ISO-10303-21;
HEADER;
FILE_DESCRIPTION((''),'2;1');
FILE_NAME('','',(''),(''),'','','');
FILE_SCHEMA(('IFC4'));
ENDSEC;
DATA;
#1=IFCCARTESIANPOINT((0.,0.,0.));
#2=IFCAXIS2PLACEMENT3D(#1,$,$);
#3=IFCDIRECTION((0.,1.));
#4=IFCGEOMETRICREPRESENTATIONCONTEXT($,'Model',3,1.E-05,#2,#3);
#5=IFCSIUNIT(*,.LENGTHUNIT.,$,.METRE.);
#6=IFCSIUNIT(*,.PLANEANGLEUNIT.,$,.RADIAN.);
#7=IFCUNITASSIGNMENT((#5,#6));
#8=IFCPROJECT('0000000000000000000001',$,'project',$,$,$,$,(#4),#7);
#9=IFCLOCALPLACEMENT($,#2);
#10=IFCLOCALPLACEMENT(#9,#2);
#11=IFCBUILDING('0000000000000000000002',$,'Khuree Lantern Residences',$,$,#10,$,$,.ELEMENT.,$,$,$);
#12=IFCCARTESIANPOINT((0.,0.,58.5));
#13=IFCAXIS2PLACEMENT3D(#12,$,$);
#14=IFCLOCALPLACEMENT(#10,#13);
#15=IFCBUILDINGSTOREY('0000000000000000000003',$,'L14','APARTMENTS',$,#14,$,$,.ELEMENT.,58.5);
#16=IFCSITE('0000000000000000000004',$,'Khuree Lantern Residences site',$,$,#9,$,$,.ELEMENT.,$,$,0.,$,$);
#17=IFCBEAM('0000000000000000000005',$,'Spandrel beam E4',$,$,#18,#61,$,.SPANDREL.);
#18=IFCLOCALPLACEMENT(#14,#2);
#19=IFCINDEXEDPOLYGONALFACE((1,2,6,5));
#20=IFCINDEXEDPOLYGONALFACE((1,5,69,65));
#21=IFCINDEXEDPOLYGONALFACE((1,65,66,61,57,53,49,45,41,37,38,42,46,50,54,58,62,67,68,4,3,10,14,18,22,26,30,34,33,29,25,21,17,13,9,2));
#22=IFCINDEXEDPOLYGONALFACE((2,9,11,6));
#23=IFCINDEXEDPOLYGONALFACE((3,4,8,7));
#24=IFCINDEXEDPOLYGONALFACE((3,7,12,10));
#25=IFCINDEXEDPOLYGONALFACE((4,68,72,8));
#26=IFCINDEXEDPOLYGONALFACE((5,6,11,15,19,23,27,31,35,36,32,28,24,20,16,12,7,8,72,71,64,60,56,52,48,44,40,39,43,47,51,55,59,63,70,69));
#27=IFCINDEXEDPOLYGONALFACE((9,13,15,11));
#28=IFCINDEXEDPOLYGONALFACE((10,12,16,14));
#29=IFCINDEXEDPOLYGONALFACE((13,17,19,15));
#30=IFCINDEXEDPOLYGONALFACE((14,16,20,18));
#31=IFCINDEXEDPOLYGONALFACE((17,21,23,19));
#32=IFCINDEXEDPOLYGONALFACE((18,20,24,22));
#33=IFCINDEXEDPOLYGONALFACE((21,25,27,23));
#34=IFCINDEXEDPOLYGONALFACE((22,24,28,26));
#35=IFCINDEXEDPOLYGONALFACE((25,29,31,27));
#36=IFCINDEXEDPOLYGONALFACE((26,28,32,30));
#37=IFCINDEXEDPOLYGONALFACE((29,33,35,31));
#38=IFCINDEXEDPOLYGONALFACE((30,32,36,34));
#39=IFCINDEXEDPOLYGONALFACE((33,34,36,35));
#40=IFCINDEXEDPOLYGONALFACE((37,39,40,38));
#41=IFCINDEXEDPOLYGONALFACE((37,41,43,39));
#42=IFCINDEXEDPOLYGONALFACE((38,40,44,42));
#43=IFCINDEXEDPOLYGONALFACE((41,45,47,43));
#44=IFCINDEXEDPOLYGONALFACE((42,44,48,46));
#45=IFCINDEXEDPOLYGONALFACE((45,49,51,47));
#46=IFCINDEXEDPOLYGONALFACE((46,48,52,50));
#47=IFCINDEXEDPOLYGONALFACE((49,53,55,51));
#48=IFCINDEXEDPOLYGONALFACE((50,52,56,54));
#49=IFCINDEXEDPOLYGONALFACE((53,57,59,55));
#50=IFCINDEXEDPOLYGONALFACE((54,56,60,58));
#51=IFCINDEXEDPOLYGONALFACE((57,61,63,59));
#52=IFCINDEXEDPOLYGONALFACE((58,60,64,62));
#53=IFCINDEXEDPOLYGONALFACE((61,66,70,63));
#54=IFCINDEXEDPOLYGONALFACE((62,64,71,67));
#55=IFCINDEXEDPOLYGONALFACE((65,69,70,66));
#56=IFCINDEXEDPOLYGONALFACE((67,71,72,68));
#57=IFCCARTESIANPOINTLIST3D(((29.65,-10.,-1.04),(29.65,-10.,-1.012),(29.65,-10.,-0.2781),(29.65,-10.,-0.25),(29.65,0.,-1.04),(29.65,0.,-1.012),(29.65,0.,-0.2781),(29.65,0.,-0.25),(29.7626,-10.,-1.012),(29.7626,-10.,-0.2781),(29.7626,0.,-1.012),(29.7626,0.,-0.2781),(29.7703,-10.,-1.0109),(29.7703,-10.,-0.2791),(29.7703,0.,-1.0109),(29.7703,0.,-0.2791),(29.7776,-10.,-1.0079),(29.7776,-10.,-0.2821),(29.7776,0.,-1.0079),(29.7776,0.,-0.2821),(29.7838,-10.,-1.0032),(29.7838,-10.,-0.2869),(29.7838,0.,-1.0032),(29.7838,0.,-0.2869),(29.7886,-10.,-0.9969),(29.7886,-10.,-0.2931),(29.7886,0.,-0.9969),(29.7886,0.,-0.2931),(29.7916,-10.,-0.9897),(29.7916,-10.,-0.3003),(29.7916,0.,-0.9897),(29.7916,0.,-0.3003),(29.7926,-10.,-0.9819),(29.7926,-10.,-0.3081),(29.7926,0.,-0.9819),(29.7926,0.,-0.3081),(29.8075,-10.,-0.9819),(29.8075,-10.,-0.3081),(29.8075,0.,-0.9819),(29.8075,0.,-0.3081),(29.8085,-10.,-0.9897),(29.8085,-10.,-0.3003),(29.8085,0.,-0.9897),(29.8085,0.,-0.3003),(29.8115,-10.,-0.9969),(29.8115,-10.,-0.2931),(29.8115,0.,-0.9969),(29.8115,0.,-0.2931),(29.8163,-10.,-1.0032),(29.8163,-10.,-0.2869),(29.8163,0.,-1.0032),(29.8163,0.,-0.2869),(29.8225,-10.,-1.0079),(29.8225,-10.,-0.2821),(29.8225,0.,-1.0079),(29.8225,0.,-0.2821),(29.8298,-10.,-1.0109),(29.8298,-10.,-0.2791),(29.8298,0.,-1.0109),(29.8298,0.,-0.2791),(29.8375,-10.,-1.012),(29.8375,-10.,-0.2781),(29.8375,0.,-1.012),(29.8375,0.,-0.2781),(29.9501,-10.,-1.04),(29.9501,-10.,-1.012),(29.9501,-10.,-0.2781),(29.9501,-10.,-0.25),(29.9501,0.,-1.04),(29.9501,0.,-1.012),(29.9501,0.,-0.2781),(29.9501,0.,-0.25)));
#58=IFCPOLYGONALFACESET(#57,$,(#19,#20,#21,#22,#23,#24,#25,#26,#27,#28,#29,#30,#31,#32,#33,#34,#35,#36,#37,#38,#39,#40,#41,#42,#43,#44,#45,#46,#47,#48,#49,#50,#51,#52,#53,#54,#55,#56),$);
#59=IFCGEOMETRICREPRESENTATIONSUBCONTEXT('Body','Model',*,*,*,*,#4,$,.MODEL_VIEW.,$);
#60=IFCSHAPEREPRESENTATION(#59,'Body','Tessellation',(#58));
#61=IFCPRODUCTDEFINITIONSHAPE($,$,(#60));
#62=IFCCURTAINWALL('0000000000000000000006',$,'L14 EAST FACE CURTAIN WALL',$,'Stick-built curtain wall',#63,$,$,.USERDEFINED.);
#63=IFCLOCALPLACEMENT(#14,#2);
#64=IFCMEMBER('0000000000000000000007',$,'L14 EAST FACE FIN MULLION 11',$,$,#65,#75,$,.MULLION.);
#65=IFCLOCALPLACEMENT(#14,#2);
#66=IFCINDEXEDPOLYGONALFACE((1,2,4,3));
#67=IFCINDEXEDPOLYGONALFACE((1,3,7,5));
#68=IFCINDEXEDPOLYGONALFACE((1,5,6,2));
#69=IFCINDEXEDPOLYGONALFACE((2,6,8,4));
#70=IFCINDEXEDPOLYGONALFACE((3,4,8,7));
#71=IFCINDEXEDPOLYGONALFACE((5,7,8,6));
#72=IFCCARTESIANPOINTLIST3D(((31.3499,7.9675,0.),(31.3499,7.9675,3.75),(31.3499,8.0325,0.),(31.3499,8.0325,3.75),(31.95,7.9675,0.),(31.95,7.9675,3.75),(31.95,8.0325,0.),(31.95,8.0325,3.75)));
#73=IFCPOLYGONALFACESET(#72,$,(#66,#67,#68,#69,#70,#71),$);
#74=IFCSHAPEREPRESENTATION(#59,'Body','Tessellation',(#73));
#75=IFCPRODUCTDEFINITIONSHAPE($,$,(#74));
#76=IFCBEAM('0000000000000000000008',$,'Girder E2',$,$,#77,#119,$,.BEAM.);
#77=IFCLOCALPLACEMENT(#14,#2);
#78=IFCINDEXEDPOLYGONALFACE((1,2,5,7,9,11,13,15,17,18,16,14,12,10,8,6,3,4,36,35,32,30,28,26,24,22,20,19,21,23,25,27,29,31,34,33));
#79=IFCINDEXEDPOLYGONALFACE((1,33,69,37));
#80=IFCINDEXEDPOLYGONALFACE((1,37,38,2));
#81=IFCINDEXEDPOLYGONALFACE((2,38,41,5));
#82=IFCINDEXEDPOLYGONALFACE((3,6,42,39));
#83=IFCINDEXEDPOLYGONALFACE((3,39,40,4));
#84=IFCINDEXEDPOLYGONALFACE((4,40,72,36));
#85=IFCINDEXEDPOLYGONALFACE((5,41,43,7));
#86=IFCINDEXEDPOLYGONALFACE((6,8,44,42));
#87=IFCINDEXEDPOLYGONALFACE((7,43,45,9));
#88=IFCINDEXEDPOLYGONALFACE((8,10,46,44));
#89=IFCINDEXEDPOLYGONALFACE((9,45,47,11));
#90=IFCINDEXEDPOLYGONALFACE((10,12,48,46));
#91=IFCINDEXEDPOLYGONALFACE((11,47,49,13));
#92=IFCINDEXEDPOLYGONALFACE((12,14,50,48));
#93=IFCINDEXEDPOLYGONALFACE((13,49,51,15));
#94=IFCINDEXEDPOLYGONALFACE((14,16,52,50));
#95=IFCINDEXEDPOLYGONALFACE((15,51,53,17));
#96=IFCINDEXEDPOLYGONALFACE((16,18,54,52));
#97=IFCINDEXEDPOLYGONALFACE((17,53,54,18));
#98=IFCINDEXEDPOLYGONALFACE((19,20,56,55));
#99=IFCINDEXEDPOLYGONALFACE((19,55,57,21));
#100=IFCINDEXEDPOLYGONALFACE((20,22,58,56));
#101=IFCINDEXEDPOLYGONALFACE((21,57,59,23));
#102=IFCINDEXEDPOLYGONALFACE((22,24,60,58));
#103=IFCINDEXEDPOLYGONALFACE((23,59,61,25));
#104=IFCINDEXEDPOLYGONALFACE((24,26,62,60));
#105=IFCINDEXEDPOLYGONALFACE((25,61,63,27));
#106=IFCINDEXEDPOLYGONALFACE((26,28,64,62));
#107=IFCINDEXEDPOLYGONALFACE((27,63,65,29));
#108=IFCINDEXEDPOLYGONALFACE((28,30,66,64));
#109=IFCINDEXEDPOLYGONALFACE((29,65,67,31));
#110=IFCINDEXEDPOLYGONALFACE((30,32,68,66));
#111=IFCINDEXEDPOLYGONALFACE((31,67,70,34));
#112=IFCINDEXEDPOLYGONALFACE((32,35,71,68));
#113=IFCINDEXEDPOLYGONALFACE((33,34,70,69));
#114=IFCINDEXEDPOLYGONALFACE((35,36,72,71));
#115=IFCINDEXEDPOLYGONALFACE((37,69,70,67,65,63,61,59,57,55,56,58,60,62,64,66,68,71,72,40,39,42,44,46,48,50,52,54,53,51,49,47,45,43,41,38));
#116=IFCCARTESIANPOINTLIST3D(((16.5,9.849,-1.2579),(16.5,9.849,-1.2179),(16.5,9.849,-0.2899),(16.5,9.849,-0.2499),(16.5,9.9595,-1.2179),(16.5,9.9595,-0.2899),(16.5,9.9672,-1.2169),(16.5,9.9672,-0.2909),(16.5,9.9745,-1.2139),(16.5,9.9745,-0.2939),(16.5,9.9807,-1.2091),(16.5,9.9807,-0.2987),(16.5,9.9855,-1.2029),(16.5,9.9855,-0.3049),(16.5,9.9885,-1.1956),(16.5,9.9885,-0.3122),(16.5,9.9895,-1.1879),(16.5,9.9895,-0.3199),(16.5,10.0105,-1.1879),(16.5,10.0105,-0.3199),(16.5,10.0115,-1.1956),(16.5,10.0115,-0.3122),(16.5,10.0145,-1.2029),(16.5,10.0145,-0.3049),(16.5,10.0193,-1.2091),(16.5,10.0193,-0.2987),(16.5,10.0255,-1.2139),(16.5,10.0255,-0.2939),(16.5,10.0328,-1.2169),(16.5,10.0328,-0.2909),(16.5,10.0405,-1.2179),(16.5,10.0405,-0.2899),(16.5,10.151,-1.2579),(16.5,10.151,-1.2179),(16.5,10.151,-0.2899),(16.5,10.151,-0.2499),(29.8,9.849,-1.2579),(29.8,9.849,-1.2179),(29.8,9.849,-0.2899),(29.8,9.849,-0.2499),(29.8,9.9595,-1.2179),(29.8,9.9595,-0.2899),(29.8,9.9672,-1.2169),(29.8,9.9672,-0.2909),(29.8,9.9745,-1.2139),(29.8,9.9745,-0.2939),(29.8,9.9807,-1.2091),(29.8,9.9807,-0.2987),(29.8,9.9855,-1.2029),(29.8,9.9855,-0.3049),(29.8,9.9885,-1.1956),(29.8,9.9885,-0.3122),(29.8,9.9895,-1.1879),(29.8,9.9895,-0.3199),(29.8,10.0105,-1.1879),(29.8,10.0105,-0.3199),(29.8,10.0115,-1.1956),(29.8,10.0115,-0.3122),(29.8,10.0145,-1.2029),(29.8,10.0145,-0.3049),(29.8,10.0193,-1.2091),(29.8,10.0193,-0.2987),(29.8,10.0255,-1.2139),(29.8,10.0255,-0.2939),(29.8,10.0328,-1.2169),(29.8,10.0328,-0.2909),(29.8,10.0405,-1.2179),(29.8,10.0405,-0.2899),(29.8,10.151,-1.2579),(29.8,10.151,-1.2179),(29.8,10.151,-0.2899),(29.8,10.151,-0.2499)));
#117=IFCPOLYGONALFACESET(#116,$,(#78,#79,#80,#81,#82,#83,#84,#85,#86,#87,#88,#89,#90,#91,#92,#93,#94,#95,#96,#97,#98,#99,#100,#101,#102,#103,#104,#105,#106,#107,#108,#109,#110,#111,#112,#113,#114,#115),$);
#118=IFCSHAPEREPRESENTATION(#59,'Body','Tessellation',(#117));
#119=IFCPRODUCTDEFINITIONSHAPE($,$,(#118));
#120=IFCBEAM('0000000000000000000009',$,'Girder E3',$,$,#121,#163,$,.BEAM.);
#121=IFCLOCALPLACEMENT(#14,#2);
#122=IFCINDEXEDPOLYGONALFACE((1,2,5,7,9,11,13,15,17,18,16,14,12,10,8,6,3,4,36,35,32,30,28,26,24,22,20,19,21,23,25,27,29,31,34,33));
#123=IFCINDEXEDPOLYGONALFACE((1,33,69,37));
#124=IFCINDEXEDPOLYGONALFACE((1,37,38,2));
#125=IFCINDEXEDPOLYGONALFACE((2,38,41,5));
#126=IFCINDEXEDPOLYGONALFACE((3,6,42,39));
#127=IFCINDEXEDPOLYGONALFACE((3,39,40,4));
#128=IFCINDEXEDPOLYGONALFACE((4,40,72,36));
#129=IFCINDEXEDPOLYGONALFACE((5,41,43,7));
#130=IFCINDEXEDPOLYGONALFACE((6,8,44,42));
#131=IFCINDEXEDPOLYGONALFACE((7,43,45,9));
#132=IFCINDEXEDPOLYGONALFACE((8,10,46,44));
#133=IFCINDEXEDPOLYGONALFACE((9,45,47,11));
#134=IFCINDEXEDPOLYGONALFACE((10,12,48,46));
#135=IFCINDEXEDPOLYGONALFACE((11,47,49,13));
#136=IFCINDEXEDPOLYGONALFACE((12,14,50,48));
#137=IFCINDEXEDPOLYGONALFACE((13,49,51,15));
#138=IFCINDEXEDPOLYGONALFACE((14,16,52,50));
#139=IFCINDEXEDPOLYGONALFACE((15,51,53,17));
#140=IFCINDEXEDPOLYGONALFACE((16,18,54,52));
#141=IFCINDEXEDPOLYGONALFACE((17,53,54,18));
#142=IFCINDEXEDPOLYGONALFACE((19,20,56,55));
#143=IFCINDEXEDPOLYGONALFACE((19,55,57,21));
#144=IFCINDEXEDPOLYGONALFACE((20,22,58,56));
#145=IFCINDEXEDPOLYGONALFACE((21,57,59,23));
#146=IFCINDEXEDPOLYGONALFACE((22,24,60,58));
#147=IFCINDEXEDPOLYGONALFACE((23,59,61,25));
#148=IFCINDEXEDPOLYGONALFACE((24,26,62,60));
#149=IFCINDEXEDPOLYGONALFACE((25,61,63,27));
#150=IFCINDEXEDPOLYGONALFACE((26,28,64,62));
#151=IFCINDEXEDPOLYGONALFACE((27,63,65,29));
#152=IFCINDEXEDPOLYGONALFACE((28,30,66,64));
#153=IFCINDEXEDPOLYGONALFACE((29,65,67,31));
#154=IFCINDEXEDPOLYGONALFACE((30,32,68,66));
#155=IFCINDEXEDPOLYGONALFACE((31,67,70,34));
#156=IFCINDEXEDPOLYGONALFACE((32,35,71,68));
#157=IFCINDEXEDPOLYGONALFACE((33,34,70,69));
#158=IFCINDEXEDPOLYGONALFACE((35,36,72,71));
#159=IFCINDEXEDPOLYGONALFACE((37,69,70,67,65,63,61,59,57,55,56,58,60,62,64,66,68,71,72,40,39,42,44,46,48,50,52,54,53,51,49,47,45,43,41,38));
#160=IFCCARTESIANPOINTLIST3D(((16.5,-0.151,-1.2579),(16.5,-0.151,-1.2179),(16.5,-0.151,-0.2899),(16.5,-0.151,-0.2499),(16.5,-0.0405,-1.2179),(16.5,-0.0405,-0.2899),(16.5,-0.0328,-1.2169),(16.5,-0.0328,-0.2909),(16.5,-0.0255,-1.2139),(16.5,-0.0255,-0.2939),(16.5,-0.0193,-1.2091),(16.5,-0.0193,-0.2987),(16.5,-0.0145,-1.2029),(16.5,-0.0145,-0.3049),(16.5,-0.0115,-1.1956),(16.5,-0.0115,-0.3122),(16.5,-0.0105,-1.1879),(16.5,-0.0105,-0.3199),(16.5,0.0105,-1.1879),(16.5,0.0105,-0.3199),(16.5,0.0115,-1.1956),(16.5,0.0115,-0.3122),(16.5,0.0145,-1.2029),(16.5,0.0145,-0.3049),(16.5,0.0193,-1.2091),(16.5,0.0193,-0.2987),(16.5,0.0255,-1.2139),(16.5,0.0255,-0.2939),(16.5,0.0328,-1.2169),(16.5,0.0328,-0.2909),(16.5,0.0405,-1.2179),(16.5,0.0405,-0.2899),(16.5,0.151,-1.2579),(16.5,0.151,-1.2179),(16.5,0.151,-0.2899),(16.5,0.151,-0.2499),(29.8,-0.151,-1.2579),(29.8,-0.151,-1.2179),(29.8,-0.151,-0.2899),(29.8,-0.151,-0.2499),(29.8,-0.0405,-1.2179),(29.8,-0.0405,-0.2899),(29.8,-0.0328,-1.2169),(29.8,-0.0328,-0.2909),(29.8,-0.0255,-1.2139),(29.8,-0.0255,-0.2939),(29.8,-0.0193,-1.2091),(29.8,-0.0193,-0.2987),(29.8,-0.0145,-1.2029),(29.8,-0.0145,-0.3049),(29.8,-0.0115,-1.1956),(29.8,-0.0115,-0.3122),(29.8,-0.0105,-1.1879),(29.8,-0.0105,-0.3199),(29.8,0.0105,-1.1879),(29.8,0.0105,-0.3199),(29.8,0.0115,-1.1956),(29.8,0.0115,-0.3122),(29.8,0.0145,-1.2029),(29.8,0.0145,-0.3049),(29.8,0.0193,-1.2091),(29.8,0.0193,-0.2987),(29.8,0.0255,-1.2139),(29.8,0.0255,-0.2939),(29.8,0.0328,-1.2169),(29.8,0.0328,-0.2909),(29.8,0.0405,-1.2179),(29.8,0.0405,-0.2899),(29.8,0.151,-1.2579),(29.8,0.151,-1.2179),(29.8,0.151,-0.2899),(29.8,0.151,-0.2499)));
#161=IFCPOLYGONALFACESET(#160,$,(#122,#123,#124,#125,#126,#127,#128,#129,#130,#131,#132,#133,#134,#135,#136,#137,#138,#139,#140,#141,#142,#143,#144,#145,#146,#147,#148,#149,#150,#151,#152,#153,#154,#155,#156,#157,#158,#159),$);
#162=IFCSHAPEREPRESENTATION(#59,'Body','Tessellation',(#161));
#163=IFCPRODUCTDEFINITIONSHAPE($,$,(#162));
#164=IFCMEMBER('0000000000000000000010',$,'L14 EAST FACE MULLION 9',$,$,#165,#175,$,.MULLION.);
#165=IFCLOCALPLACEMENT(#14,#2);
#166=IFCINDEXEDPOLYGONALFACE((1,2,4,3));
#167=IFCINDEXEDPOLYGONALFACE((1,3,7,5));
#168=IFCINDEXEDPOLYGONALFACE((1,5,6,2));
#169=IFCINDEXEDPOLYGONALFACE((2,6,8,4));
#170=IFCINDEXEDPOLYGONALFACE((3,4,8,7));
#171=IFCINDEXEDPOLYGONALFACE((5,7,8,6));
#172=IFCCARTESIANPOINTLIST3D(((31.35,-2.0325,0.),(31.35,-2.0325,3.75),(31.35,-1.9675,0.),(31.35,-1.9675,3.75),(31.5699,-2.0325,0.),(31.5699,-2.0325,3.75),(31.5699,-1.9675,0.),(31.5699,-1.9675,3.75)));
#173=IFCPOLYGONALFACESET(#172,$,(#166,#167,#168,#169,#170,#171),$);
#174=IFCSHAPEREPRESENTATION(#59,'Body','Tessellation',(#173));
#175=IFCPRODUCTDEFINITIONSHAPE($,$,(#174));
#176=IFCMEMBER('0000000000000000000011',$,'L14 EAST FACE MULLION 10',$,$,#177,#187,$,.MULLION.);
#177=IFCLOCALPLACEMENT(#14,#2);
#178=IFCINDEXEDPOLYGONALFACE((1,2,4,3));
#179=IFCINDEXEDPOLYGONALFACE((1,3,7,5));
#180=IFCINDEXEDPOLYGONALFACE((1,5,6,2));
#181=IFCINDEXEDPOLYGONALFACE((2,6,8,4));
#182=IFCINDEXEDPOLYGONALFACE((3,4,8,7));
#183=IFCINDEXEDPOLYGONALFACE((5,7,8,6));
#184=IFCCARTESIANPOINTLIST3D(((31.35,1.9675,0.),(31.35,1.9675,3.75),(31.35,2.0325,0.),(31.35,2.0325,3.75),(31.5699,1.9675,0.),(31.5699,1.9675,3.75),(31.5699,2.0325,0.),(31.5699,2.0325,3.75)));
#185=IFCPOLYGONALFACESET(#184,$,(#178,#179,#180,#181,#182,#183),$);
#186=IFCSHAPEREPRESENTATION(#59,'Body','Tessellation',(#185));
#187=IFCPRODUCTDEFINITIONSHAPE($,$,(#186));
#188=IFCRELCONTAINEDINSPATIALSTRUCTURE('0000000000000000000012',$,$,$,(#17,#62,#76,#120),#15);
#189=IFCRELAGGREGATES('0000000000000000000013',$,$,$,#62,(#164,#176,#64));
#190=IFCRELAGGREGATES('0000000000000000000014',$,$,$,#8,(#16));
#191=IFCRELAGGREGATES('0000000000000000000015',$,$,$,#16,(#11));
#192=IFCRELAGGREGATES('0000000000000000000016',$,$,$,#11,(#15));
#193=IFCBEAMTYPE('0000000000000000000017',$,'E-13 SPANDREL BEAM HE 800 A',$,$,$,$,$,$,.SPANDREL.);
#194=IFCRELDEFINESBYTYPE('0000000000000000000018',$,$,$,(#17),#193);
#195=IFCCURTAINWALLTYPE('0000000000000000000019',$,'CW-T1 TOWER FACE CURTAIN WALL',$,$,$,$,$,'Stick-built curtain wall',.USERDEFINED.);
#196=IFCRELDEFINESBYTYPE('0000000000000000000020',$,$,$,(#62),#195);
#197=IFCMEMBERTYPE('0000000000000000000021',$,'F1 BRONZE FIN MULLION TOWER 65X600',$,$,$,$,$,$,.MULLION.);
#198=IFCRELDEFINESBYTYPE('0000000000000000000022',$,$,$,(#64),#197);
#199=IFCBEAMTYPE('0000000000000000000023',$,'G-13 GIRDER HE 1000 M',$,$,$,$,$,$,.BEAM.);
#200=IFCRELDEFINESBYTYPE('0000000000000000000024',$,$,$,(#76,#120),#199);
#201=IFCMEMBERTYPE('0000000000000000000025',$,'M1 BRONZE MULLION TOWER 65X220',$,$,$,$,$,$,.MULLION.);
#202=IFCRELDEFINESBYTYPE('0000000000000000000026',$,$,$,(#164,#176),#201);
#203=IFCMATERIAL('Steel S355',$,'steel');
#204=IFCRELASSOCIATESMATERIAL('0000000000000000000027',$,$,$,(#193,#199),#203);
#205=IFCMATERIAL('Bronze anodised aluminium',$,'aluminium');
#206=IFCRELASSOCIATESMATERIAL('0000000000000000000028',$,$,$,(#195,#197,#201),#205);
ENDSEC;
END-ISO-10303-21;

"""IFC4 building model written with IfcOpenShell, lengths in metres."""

from ifc_helpers import new_model, si_unit, direction, frame, origin, origin_2d, place, context, subcontext, project, spatial, rectangle, i_section, extrude, material, material_profile, profile_set, type_object, element, aggregate, save


model = new_model("IFC4")

# Units and contexts
model_context = context("Model", 3, precision=1e-05, world=origin(), true_north=direction((0.0, 1.0)))
body_context = subcontext(model_context, "Body", "Model", "MODEL_VIEW")
ifc_project = project(units=[si_unit("LENGTHUNIT", "METRE"), si_unit("PLANEANGLEUNIT", "RADIAN")], contexts=[model_context])

# Site, building, storey
site_placement = place(None, origin())
site = spatial("IfcSite", under=ifc_project, at=site_placement, Name="Khuree Lantern Residences site", CompositionType="ELEMENT", RefElevation=0.0)
building_placement = place(site_placement, origin())
building = spatial("IfcBuilding", under=site, at=building_placement, Name="Khuree Lantern Residences", CompositionType="ELEMENT")
storey_placement = place(building_placement, frame((0.0, 0.0, 58.5)))
storey = spatial("IfcBuildingStorey", under=building, at=storey_placement, Name="L14", Description="APARTMENTS", CompositionType="ELEMENT", Elevation=58.5)

# Beam
ifc_material_1 = material(Name="Steel S355", Category="steel")
ifc_material_profile_1 = material_profile(ifc_material_1, i_section(OverallWidth=0.3, OverallDepth=0.79, WebThickness=0.0149, FlangeThickness=0.0281, FilletRadius=0.03, at=origin_2d()), Name="HE 800 A")
ifc_profile_set_1 = profile_set([ifc_material_profile_1], Name="Steel S355")
beam_type_1 = type_object("IfcBeamType", Name="E-13 SPANDREL BEAM HE 800 A", PredefinedType="SPANDREL", material=ifc_profile_set_1)
for number, where, z_axis, x_axis, name in (
    (1, (29.8, 0.0, -0.645), (0.0, -1.0, 0.0), (1.0, 0.0, 0.0), "Spandrel beam E4"),
):
    element("IfcBeam", number, at=place(storey_placement, frame(where, z_axis=z_axis, x_axis=x_axis)), inside=storey, type_object=beam_type_1, Name=name, PredefinedType="SPANDREL", context=body_context, shape_type="SweptSolid", body=[
        extrude(i_section(OverallWidth=0.3, OverallDepth=0.79, WebThickness=0.0149, FlangeThickness=0.0281, FilletRadius=0.03, at=origin_2d()), origin(), (0.0, 0.0, 1.0), 10.0),
    ])

# Curtain wall, member
ifc_material_2 = material(Name="Bronze anodised aluminium", Category="aluminium")
curtain_wall_type = type_object("IfcCurtainWallType", Name="CW-T1 TOWER FACE CURTAIN WALL", ElementType="Stick-built curtain wall", PredefinedType="USERDEFINED", material=ifc_material_2)
curtain_wall_placement = place(storey_placement, origin())
curtain_wall = element("IfcCurtainWall", 2, at=curtain_wall_placement, inside=storey, type_object=curtain_wall_type, Name="L14 EAST FACE CURTAIN WALL", ObjectType="Stick-built curtain wall", PredefinedType="USERDEFINED")
ifc_material_profile_2 = material_profile(ifc_material_2, rectangle(XDim=0.0649, YDim=0.6001, at=origin_2d()), Name="F1 65X600")
ifc_profile_set_2 = profile_set([ifc_material_profile_2], Name="Bronze anodised aluminium")
member_type_1 = type_object("IfcMemberType", Name="F1 BRONZE FIN MULLION TOWER 65X600", PredefinedType="MULLION", material=ifc_profile_set_2)
member_1_placement = place(storey_placement, frame((31.6499, 8.0, 0.0), z_axis=(0.0, 0.0, 1.0), x_axis=(0.0, 1.0, 0.0)))
member_1 = element("IfcMember", 3, at=member_1_placement, type_object=member_type_1, Name="L14 EAST FACE FIN MULLION 11", PredefinedType="MULLION", context=body_context, shape_type="SweptSolid", body=[
    extrude(rectangle(XDim=0.0649, YDim=0.6001, at=origin_2d()), origin(), (0.0, 0.0, 1.0), 3.75),
])

# Beams
ifc_material_profile_3 = material_profile(ifc_material_1, i_section(OverallWidth=0.302, OverallDepth=1.0081, WebThickness=0.021, FlangeThickness=0.04, FilletRadius=0.03, at=origin_2d()), Name="HE 1000 M")
ifc_profile_set_3 = profile_set([ifc_material_profile_3], Name="Steel S355")
beam_type_2 = type_object("IfcBeamType", Name="G-13 GIRDER HE 1000 M", PredefinedType="BEAM", material=ifc_profile_set_3)
for number, where, z_axis, x_axis, name in (
    (4, (29.8, 10.0, -0.7539), (-1.0, 0.0, 0.0), (0.0, -1.0, 0.0), "Girder E2"),
    (5, (29.8, 0.0, -0.7539), (-1.0, 0.0, 0.0), (0.0, -1.0, 0.0), "Girder E3"),
):
    element("IfcBeam", number, at=place(storey_placement, frame(where, z_axis=z_axis, x_axis=x_axis)), inside=storey, type_object=beam_type_2, Name=name, PredefinedType="BEAM", context=body_context, shape_type="SweptSolid", body=[
        extrude(i_section(OverallWidth=0.302, OverallDepth=1.0081, WebThickness=0.021, FlangeThickness=0.04, FilletRadius=0.03, at=origin_2d()), origin(), (0.0, 0.0, 1.0), 13.3),
    ])

# Members
ifc_material_profile_4 = material_profile(ifc_material_2, rectangle(XDim=0.0649, YDim=0.22, at=origin_2d()), Name="M1 65X220")
ifc_profile_set_4 = profile_set([ifc_material_profile_4], Name="Bronze anodised aluminium")
member_type_2 = type_object("IfcMemberType", Name="M1 BRONZE MULLION TOWER 65X220", PredefinedType="MULLION", material=ifc_profile_set_4)
member_2_placement = place(storey_placement, frame((31.46, -2.0, 0.0), z_axis=(0.0, 0.0, 1.0), x_axis=(0.0, 1.0, 0.0)))
member_2 = element("IfcMember", 6, at=member_2_placement, type_object=member_type_2, Name="L14 EAST FACE MULLION 9", PredefinedType="MULLION", context=body_context, shape_type="SweptSolid", body=[
    extrude(rectangle(XDim=0.0649, YDim=0.22, at=origin_2d()), origin(), (0.0, 0.0, 1.0), 3.75),
])
member_3_placement = place(storey_placement, frame((31.46, 2.0, 0.0), z_axis=(0.0, 0.0, 1.0), x_axis=(0.0, 1.0, 0.0)))
member_3 = element("IfcMember", 7, at=member_3_placement, type_object=member_type_2, Name="L14 EAST FACE MULLION 10", PredefinedType="MULLION", context=body_context, shape_type="SweptSolid", body=[
    extrude(rectangle(XDim=0.0649, YDim=0.22, at=origin_2d()), origin(), (0.0, 0.0, 1.0), 3.75),
])

aggregate(curtain_wall, [member_2, member_3, member_1])

save(model, "model.ifc")
